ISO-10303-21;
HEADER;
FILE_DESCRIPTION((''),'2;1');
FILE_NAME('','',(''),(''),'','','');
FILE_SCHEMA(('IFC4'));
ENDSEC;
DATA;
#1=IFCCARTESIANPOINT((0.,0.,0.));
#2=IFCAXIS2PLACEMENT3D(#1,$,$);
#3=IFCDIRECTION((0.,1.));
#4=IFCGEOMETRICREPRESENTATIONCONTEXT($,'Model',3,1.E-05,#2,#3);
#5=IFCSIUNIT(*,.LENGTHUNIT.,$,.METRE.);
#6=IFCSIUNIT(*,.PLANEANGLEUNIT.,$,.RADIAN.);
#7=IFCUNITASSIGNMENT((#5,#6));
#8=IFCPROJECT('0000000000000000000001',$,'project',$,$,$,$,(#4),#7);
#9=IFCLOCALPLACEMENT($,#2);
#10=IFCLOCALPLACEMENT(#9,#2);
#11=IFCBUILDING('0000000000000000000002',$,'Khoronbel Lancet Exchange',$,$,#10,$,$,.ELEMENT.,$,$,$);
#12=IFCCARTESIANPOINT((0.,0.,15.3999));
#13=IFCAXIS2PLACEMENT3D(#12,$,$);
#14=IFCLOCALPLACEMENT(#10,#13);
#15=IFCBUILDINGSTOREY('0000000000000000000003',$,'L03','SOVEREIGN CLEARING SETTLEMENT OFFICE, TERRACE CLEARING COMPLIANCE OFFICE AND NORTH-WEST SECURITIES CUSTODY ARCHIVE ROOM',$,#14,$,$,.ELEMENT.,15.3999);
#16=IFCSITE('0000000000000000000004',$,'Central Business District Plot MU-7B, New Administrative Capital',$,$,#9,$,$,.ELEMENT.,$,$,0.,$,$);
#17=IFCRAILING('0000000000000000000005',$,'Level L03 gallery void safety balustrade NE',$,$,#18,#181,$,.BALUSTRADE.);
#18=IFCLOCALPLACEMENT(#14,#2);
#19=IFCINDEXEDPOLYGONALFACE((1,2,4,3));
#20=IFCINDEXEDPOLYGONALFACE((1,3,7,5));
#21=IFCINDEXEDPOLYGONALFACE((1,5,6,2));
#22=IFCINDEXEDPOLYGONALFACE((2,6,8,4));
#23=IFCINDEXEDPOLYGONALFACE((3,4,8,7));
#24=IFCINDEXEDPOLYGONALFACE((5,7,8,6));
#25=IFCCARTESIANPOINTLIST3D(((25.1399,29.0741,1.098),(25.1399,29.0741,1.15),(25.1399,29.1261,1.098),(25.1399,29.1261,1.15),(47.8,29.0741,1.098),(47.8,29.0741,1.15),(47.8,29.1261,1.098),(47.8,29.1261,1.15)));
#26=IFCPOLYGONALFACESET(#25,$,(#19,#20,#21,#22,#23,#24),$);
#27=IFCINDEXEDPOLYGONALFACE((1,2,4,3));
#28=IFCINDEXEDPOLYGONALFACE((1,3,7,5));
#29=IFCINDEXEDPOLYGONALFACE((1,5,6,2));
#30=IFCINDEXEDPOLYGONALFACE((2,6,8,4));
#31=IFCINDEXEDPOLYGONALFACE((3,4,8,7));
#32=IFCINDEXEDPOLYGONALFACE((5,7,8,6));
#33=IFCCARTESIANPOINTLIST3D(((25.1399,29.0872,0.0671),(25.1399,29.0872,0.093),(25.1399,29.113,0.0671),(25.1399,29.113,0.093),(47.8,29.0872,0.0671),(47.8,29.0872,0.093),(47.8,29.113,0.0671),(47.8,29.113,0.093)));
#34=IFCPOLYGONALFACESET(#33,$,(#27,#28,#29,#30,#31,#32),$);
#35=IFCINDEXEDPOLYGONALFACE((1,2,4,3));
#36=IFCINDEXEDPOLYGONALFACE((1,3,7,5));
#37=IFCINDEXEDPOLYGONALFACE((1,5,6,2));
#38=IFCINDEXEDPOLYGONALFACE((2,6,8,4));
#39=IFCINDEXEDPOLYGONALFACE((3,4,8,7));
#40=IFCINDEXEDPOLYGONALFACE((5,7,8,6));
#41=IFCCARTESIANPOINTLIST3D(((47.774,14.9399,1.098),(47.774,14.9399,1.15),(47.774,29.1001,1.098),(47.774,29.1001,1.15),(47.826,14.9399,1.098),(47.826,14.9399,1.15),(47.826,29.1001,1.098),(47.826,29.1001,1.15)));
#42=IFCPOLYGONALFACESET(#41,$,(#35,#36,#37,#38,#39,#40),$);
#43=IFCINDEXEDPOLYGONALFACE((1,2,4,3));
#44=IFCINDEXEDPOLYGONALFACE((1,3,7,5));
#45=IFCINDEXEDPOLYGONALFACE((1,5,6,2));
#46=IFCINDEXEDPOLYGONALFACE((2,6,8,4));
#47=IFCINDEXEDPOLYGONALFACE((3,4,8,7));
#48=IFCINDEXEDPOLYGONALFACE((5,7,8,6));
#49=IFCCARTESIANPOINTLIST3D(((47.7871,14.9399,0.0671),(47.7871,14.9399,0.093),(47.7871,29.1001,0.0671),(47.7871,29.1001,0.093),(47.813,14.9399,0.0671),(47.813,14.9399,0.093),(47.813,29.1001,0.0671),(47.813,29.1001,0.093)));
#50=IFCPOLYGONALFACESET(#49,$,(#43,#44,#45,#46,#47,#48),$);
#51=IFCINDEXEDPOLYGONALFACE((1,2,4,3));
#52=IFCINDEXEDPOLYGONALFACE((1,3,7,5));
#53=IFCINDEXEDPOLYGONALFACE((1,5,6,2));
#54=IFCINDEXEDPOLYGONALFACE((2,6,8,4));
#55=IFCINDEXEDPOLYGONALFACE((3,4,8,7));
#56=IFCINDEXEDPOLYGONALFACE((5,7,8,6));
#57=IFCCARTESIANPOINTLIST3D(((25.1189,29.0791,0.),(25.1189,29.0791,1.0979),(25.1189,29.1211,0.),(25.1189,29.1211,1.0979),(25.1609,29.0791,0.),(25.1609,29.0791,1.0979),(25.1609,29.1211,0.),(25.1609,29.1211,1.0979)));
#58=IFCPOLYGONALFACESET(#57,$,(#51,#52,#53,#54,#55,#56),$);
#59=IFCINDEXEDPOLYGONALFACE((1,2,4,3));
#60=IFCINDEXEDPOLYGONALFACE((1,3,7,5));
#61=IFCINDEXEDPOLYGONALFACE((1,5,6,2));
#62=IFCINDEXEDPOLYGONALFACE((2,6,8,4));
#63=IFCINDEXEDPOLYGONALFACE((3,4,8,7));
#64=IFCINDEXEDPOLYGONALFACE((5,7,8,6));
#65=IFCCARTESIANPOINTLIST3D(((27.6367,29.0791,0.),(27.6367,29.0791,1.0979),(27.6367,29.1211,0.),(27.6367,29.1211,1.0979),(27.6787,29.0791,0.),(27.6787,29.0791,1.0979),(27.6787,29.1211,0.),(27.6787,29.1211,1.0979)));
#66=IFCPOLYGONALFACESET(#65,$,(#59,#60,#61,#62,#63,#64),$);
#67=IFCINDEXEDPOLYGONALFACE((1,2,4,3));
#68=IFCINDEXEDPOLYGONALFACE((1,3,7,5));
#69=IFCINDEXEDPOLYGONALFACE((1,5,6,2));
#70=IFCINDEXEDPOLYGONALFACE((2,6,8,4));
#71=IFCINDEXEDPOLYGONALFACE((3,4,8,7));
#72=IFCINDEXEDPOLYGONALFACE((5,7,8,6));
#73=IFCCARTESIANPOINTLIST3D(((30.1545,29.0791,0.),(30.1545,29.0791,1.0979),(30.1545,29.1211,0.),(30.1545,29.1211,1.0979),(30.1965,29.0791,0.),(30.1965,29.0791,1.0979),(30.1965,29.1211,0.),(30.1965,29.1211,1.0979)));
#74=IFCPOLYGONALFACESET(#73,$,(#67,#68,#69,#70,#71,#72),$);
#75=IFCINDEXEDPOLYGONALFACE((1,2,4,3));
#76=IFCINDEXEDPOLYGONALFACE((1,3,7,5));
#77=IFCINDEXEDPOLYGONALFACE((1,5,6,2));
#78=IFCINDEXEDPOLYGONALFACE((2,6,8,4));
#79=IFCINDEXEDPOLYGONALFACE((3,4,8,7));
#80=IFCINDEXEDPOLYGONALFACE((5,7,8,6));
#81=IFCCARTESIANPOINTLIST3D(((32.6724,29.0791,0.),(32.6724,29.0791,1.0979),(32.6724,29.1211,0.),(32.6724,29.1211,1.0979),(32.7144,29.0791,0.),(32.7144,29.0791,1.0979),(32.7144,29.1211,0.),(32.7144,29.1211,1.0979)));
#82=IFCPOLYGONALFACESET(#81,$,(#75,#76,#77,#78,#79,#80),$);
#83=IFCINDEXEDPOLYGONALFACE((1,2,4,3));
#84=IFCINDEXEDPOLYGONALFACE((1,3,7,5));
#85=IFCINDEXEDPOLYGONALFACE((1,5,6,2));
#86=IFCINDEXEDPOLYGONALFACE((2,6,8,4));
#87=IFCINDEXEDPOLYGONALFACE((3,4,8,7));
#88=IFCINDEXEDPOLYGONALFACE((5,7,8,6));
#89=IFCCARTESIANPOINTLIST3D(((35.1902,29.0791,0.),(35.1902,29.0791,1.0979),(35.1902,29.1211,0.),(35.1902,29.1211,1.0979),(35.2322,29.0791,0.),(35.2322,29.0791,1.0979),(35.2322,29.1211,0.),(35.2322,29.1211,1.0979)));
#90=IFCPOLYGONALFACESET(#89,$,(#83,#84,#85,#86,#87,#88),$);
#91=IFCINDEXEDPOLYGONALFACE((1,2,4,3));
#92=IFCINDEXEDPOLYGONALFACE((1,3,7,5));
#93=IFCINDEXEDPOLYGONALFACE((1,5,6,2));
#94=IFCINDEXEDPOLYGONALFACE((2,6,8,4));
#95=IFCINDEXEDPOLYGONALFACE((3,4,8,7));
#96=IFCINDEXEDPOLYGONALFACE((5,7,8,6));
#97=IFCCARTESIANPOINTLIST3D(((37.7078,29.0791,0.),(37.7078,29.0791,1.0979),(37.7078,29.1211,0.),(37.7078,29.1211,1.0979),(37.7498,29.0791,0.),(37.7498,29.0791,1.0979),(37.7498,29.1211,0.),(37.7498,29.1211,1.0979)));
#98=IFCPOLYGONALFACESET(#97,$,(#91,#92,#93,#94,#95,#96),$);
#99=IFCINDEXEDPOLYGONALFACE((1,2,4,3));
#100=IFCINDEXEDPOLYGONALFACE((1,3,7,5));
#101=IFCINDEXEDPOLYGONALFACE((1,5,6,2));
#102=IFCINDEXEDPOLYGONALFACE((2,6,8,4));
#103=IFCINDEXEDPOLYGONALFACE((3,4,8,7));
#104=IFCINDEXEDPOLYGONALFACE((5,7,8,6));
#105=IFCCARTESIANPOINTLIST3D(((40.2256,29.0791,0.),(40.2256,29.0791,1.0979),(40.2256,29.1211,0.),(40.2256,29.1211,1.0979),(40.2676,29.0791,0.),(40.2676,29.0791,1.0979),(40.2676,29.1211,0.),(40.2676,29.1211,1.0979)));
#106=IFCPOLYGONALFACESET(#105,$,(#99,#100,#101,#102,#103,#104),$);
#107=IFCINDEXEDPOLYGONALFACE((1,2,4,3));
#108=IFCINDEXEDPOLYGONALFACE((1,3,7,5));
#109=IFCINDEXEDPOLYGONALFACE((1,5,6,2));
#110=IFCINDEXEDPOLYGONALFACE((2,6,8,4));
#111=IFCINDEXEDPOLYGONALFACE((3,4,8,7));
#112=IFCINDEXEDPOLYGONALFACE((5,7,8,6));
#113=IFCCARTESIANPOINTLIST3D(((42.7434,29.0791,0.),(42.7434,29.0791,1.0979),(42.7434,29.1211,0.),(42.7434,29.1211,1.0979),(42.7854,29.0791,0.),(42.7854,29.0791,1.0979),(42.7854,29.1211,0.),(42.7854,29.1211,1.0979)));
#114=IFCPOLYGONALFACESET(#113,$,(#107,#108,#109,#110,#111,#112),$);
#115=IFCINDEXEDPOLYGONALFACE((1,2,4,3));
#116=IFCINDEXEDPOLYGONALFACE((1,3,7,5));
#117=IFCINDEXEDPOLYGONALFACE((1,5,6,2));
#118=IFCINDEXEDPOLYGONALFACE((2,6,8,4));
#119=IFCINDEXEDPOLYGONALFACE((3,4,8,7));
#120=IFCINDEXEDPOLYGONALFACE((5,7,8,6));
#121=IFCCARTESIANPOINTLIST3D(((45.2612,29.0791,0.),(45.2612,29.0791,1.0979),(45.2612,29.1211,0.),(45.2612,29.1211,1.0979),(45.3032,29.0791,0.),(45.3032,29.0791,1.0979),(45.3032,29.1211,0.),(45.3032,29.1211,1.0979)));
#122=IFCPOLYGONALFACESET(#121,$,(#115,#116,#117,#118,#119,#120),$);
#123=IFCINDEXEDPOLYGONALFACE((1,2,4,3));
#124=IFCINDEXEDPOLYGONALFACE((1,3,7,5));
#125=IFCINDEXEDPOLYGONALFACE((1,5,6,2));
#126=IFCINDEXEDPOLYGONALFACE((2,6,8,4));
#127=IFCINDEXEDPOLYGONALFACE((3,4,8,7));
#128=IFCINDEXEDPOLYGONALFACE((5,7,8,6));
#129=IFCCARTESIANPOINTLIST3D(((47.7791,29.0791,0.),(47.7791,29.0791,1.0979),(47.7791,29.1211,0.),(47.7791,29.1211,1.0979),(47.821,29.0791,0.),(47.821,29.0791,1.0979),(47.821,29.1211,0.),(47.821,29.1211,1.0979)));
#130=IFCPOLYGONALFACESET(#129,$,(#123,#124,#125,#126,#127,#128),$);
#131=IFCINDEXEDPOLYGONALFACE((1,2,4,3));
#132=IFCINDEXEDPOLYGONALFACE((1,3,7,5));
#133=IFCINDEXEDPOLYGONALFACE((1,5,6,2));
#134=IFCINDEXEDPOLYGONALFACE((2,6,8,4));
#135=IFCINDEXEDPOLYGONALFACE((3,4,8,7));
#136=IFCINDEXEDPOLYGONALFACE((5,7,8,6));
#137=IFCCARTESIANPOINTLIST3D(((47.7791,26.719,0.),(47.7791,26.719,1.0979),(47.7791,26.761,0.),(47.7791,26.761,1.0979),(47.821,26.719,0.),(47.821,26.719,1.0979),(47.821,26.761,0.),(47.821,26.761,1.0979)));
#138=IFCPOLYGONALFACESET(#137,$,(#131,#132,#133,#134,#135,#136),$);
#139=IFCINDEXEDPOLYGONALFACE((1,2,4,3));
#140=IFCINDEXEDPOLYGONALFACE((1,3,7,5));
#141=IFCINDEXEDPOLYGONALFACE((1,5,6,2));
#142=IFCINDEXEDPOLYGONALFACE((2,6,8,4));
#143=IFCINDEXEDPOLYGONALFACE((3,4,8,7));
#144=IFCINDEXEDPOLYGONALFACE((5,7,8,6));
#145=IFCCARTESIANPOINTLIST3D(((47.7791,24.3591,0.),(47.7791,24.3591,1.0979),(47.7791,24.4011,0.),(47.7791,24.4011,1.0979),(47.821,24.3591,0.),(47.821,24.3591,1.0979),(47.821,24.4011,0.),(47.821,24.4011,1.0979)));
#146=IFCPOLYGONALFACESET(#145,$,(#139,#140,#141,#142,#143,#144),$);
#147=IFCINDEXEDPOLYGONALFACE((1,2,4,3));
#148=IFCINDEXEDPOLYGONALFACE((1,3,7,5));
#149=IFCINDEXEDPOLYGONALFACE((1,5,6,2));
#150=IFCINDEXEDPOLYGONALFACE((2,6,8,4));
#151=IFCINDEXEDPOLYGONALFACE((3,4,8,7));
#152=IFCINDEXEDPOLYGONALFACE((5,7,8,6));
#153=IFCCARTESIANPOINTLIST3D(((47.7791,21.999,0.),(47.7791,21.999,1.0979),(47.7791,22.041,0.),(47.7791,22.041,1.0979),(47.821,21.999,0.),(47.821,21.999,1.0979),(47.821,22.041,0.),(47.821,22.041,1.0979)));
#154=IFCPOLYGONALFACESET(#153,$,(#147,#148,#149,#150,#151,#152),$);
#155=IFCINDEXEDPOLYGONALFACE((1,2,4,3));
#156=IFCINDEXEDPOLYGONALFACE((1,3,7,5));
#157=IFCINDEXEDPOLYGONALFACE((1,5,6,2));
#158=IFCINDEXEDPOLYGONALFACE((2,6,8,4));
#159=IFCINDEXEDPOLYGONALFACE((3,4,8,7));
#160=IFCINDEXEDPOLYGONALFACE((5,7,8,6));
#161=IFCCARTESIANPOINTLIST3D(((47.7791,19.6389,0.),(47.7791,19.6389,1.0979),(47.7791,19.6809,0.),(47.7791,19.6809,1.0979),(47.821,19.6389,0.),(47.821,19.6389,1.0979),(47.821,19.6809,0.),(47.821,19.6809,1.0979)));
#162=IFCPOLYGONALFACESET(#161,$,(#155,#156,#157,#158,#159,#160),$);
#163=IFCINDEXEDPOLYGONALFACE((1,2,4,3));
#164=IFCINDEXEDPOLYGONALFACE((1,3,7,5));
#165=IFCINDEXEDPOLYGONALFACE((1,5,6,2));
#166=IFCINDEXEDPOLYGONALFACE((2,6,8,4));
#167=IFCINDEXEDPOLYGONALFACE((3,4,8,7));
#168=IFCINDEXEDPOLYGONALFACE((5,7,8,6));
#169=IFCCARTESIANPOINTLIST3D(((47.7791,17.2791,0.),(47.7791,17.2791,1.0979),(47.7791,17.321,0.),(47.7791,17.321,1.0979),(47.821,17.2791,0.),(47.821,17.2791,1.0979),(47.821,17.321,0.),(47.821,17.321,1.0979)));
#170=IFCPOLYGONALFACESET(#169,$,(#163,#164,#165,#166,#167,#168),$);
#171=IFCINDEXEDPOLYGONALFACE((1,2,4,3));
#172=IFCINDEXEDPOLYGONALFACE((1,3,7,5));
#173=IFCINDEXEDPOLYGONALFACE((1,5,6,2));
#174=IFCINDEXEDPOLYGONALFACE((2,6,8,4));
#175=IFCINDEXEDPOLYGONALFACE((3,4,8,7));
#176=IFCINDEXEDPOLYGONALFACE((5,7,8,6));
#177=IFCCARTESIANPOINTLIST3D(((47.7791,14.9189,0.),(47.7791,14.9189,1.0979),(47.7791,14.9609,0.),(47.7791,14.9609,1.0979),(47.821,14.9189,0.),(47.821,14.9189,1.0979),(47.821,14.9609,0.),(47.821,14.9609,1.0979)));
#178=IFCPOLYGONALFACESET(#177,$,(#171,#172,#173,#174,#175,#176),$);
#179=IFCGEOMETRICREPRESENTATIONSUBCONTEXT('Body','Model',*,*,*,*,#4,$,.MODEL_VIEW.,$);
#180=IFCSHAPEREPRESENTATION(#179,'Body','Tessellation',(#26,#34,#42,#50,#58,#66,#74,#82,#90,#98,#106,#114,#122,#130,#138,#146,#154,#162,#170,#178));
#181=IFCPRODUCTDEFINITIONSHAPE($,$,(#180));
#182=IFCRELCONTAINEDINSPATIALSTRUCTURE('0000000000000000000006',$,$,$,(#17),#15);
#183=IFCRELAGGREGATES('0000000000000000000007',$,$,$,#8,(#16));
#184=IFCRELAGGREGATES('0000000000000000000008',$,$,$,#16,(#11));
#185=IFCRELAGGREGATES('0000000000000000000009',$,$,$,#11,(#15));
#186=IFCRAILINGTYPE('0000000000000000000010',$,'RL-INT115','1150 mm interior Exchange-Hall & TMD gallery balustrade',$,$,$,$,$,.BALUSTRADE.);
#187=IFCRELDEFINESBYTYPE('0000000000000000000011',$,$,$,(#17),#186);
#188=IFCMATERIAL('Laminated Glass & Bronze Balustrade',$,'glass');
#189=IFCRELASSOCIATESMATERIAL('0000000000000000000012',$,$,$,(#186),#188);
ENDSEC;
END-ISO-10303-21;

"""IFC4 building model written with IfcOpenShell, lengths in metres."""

from ifc_helpers import new_model, si_unit, direction, frame, origin, origin_2d, place, context, subcontext, project, spatial, rectangle, extrude, material, type_object, element, save


model = new_model("IFC4")

# Units and contexts
model_context = context("Model", 3, precision=1e-05, world=origin(), true_north=direction((0.0, 1.0)))
body_context = subcontext(model_context, "Body", "Model", "MODEL_VIEW")
ifc_project = project(units=[si_unit("LENGTHUNIT", "METRE"), si_unit("PLANEANGLEUNIT", "RADIAN")], contexts=[model_context])

# Site, building, storey
site_placement = place(None, origin())
site = spatial("IfcSite", under=ifc_project, at=site_placement, Name="Central Business District Plot MU-7B, New Administrative Capital", CompositionType="ELEMENT", RefElevation=0.0)
building_placement = place(site_placement, origin())
building = spatial("IfcBuilding", under=site, at=building_placement, Name="Khoronbel Lancet Exchange", CompositionType="ELEMENT")
storey_placement = place(building_placement, frame((0.0, 0.0, 15.3999)))
storey = spatial("IfcBuildingStorey", under=building, at=storey_placement, Name="L03", Description="SOVEREIGN CLEARING SETTLEMENT OFFICE, TERRACE CLEARING COMPLIANCE OFFICE AND NORTH-WEST SECURITIES CUSTODY ARCHIVE ROOM", CompositionType="ELEMENT", Elevation=15.3999)

# Railing
ifc_material_1 = material(Name="Laminated Glass & Bronze Balustrade", Category="glass")
railing_type = type_object("IfcRailingType", Name="RL-INT115", Description="1150 mm interior Exchange-Hall & TMD gallery balustrade", PredefinedType="BALUSTRADE", material=ifc_material_1)
railing_1_placement = place(storey_placement, frame((25.1399, 29.1001, 0.0)))
element("IfcRailing", 1, at=railing_1_placement, inside=storey, type_object=railing_type, Name="Level L03 gallery void safety balustrade NE", PredefinedType="BALUSTRADE", context=body_context, shape_type="SweptSolid", body=[
    extrude(rectangle(XDim=0.052, YDim=0.052, at=origin_2d()), frame((0.0, 0.0, 1.124), z_axis=(1.0, 0.0, 0.0), x_axis=(0.0, 1.0, 0.0)), (0.0, 0.0, 1.0), 22.6602),
    extrude(rectangle(XDim=0.0259, YDim=0.0259, at=origin_2d()), frame((0.0, 0.0, 0.0801), z_axis=(1.0, 0.0, 0.0), x_axis=(0.0, 1.0, 0.0)), (0.0, 0.0, 1.0), 22.6602),
    extrude(rectangle(XDim=0.052, YDim=0.052, at=origin_2d()), frame((22.6602, 0.0, 1.124), z_axis=(0.0, -1.0, 0.0), x_axis=(1.0, 0.0, 0.0)), (0.0, 0.0, 1.0), 14.1602),
    extrude(rectangle(XDim=0.0259, YDim=0.0259, at=origin_2d()), frame((22.6602, 0.0, 0.0801), z_axis=(0.0, -1.0, 0.0), x_axis=(1.0, 0.0, 0.0)), (0.0, 0.0, 1.0), 14.1602),
    extrude(rectangle(XDim=0.042, YDim=0.042, at=origin_2d()), origin(), (0.0, 0.0, 1.0), 1.0979),
    extrude(rectangle(XDim=0.042, YDim=0.042, at=origin_2d()), frame((2.5178, 0.0, 0.0)), (0.0, 0.0, 1.0), 1.0979),
    extrude(rectangle(XDim=0.042, YDim=0.042, at=origin_2d()), frame((5.0356, 0.0, 0.0)), (0.0, 0.0, 1.0), 1.0979),
    extrude(rectangle(XDim=0.042, YDim=0.042, at=origin_2d()), frame((7.5535, 0.0, 0.0)), (0.0, 0.0, 1.0), 1.0979),
    extrude(rectangle(XDim=0.042, YDim=0.042, at=origin_2d()), frame((10.0713, 0.0, 0.0)), (0.0, 0.0, 1.0), 1.0979),
    extrude(rectangle(XDim=0.042, YDim=0.042, at=origin_2d()), frame((12.5889, 0.0, 0.0)), (0.0, 0.0, 1.0), 1.0979),
    extrude(rectangle(XDim=0.042, YDim=0.042, at=origin_2d()), frame((15.1067, 0.0, 0.0)), (0.0, 0.0, 1.0), 1.0979),
    extrude(rectangle(XDim=0.042, YDim=0.042, at=origin_2d()), frame((17.6245, 0.0, 0.0)), (0.0, 0.0, 1.0), 1.0979),
    extrude(rectangle(XDim=0.042, YDim=0.042, at=origin_2d()), frame((20.1423, 0.0, 0.0)), (0.0, 0.0, 1.0), 1.0979),
    extrude(rectangle(XDim=0.042, YDim=0.042, at=origin_2d()), frame((22.6602, 0.0, 0.0)), (0.0, 0.0, 1.0), 1.0979),
    extrude(rectangle(XDim=0.042, YDim=0.042, at=origin_2d()), frame((22.6602, -2.3601, 0.0)), (0.0, 0.0, 1.0), 1.0979),
    extrude(rectangle(XDim=0.042, YDim=0.042, at=origin_2d()), frame((22.6602, -4.72, 0.0)), (0.0, 0.0, 1.0), 1.0979),
    extrude(rectangle(XDim=0.042, YDim=0.042, at=origin_2d()), frame((22.6602, -7.0801, 0.0)), (0.0, 0.0, 1.0), 1.0979),
    extrude(rectangle(XDim=0.042, YDim=0.042, at=origin_2d()), frame((22.6602, -9.4402, 0.0)), (0.0, 0.0, 1.0), 1.0979),
    extrude(rectangle(XDim=0.042, YDim=0.042, at=origin_2d()), frame((22.6602, -11.8, 0.0)), (0.0, 0.0, 1.0), 1.0979),
    extrude(rectangle(XDim=0.042, YDim=0.042, at=origin_2d()), frame((22.6602, -14.1602, 0.0)), (0.0, 0.0, 1.0), 1.0979),
])

save(model, "model.ifc")
